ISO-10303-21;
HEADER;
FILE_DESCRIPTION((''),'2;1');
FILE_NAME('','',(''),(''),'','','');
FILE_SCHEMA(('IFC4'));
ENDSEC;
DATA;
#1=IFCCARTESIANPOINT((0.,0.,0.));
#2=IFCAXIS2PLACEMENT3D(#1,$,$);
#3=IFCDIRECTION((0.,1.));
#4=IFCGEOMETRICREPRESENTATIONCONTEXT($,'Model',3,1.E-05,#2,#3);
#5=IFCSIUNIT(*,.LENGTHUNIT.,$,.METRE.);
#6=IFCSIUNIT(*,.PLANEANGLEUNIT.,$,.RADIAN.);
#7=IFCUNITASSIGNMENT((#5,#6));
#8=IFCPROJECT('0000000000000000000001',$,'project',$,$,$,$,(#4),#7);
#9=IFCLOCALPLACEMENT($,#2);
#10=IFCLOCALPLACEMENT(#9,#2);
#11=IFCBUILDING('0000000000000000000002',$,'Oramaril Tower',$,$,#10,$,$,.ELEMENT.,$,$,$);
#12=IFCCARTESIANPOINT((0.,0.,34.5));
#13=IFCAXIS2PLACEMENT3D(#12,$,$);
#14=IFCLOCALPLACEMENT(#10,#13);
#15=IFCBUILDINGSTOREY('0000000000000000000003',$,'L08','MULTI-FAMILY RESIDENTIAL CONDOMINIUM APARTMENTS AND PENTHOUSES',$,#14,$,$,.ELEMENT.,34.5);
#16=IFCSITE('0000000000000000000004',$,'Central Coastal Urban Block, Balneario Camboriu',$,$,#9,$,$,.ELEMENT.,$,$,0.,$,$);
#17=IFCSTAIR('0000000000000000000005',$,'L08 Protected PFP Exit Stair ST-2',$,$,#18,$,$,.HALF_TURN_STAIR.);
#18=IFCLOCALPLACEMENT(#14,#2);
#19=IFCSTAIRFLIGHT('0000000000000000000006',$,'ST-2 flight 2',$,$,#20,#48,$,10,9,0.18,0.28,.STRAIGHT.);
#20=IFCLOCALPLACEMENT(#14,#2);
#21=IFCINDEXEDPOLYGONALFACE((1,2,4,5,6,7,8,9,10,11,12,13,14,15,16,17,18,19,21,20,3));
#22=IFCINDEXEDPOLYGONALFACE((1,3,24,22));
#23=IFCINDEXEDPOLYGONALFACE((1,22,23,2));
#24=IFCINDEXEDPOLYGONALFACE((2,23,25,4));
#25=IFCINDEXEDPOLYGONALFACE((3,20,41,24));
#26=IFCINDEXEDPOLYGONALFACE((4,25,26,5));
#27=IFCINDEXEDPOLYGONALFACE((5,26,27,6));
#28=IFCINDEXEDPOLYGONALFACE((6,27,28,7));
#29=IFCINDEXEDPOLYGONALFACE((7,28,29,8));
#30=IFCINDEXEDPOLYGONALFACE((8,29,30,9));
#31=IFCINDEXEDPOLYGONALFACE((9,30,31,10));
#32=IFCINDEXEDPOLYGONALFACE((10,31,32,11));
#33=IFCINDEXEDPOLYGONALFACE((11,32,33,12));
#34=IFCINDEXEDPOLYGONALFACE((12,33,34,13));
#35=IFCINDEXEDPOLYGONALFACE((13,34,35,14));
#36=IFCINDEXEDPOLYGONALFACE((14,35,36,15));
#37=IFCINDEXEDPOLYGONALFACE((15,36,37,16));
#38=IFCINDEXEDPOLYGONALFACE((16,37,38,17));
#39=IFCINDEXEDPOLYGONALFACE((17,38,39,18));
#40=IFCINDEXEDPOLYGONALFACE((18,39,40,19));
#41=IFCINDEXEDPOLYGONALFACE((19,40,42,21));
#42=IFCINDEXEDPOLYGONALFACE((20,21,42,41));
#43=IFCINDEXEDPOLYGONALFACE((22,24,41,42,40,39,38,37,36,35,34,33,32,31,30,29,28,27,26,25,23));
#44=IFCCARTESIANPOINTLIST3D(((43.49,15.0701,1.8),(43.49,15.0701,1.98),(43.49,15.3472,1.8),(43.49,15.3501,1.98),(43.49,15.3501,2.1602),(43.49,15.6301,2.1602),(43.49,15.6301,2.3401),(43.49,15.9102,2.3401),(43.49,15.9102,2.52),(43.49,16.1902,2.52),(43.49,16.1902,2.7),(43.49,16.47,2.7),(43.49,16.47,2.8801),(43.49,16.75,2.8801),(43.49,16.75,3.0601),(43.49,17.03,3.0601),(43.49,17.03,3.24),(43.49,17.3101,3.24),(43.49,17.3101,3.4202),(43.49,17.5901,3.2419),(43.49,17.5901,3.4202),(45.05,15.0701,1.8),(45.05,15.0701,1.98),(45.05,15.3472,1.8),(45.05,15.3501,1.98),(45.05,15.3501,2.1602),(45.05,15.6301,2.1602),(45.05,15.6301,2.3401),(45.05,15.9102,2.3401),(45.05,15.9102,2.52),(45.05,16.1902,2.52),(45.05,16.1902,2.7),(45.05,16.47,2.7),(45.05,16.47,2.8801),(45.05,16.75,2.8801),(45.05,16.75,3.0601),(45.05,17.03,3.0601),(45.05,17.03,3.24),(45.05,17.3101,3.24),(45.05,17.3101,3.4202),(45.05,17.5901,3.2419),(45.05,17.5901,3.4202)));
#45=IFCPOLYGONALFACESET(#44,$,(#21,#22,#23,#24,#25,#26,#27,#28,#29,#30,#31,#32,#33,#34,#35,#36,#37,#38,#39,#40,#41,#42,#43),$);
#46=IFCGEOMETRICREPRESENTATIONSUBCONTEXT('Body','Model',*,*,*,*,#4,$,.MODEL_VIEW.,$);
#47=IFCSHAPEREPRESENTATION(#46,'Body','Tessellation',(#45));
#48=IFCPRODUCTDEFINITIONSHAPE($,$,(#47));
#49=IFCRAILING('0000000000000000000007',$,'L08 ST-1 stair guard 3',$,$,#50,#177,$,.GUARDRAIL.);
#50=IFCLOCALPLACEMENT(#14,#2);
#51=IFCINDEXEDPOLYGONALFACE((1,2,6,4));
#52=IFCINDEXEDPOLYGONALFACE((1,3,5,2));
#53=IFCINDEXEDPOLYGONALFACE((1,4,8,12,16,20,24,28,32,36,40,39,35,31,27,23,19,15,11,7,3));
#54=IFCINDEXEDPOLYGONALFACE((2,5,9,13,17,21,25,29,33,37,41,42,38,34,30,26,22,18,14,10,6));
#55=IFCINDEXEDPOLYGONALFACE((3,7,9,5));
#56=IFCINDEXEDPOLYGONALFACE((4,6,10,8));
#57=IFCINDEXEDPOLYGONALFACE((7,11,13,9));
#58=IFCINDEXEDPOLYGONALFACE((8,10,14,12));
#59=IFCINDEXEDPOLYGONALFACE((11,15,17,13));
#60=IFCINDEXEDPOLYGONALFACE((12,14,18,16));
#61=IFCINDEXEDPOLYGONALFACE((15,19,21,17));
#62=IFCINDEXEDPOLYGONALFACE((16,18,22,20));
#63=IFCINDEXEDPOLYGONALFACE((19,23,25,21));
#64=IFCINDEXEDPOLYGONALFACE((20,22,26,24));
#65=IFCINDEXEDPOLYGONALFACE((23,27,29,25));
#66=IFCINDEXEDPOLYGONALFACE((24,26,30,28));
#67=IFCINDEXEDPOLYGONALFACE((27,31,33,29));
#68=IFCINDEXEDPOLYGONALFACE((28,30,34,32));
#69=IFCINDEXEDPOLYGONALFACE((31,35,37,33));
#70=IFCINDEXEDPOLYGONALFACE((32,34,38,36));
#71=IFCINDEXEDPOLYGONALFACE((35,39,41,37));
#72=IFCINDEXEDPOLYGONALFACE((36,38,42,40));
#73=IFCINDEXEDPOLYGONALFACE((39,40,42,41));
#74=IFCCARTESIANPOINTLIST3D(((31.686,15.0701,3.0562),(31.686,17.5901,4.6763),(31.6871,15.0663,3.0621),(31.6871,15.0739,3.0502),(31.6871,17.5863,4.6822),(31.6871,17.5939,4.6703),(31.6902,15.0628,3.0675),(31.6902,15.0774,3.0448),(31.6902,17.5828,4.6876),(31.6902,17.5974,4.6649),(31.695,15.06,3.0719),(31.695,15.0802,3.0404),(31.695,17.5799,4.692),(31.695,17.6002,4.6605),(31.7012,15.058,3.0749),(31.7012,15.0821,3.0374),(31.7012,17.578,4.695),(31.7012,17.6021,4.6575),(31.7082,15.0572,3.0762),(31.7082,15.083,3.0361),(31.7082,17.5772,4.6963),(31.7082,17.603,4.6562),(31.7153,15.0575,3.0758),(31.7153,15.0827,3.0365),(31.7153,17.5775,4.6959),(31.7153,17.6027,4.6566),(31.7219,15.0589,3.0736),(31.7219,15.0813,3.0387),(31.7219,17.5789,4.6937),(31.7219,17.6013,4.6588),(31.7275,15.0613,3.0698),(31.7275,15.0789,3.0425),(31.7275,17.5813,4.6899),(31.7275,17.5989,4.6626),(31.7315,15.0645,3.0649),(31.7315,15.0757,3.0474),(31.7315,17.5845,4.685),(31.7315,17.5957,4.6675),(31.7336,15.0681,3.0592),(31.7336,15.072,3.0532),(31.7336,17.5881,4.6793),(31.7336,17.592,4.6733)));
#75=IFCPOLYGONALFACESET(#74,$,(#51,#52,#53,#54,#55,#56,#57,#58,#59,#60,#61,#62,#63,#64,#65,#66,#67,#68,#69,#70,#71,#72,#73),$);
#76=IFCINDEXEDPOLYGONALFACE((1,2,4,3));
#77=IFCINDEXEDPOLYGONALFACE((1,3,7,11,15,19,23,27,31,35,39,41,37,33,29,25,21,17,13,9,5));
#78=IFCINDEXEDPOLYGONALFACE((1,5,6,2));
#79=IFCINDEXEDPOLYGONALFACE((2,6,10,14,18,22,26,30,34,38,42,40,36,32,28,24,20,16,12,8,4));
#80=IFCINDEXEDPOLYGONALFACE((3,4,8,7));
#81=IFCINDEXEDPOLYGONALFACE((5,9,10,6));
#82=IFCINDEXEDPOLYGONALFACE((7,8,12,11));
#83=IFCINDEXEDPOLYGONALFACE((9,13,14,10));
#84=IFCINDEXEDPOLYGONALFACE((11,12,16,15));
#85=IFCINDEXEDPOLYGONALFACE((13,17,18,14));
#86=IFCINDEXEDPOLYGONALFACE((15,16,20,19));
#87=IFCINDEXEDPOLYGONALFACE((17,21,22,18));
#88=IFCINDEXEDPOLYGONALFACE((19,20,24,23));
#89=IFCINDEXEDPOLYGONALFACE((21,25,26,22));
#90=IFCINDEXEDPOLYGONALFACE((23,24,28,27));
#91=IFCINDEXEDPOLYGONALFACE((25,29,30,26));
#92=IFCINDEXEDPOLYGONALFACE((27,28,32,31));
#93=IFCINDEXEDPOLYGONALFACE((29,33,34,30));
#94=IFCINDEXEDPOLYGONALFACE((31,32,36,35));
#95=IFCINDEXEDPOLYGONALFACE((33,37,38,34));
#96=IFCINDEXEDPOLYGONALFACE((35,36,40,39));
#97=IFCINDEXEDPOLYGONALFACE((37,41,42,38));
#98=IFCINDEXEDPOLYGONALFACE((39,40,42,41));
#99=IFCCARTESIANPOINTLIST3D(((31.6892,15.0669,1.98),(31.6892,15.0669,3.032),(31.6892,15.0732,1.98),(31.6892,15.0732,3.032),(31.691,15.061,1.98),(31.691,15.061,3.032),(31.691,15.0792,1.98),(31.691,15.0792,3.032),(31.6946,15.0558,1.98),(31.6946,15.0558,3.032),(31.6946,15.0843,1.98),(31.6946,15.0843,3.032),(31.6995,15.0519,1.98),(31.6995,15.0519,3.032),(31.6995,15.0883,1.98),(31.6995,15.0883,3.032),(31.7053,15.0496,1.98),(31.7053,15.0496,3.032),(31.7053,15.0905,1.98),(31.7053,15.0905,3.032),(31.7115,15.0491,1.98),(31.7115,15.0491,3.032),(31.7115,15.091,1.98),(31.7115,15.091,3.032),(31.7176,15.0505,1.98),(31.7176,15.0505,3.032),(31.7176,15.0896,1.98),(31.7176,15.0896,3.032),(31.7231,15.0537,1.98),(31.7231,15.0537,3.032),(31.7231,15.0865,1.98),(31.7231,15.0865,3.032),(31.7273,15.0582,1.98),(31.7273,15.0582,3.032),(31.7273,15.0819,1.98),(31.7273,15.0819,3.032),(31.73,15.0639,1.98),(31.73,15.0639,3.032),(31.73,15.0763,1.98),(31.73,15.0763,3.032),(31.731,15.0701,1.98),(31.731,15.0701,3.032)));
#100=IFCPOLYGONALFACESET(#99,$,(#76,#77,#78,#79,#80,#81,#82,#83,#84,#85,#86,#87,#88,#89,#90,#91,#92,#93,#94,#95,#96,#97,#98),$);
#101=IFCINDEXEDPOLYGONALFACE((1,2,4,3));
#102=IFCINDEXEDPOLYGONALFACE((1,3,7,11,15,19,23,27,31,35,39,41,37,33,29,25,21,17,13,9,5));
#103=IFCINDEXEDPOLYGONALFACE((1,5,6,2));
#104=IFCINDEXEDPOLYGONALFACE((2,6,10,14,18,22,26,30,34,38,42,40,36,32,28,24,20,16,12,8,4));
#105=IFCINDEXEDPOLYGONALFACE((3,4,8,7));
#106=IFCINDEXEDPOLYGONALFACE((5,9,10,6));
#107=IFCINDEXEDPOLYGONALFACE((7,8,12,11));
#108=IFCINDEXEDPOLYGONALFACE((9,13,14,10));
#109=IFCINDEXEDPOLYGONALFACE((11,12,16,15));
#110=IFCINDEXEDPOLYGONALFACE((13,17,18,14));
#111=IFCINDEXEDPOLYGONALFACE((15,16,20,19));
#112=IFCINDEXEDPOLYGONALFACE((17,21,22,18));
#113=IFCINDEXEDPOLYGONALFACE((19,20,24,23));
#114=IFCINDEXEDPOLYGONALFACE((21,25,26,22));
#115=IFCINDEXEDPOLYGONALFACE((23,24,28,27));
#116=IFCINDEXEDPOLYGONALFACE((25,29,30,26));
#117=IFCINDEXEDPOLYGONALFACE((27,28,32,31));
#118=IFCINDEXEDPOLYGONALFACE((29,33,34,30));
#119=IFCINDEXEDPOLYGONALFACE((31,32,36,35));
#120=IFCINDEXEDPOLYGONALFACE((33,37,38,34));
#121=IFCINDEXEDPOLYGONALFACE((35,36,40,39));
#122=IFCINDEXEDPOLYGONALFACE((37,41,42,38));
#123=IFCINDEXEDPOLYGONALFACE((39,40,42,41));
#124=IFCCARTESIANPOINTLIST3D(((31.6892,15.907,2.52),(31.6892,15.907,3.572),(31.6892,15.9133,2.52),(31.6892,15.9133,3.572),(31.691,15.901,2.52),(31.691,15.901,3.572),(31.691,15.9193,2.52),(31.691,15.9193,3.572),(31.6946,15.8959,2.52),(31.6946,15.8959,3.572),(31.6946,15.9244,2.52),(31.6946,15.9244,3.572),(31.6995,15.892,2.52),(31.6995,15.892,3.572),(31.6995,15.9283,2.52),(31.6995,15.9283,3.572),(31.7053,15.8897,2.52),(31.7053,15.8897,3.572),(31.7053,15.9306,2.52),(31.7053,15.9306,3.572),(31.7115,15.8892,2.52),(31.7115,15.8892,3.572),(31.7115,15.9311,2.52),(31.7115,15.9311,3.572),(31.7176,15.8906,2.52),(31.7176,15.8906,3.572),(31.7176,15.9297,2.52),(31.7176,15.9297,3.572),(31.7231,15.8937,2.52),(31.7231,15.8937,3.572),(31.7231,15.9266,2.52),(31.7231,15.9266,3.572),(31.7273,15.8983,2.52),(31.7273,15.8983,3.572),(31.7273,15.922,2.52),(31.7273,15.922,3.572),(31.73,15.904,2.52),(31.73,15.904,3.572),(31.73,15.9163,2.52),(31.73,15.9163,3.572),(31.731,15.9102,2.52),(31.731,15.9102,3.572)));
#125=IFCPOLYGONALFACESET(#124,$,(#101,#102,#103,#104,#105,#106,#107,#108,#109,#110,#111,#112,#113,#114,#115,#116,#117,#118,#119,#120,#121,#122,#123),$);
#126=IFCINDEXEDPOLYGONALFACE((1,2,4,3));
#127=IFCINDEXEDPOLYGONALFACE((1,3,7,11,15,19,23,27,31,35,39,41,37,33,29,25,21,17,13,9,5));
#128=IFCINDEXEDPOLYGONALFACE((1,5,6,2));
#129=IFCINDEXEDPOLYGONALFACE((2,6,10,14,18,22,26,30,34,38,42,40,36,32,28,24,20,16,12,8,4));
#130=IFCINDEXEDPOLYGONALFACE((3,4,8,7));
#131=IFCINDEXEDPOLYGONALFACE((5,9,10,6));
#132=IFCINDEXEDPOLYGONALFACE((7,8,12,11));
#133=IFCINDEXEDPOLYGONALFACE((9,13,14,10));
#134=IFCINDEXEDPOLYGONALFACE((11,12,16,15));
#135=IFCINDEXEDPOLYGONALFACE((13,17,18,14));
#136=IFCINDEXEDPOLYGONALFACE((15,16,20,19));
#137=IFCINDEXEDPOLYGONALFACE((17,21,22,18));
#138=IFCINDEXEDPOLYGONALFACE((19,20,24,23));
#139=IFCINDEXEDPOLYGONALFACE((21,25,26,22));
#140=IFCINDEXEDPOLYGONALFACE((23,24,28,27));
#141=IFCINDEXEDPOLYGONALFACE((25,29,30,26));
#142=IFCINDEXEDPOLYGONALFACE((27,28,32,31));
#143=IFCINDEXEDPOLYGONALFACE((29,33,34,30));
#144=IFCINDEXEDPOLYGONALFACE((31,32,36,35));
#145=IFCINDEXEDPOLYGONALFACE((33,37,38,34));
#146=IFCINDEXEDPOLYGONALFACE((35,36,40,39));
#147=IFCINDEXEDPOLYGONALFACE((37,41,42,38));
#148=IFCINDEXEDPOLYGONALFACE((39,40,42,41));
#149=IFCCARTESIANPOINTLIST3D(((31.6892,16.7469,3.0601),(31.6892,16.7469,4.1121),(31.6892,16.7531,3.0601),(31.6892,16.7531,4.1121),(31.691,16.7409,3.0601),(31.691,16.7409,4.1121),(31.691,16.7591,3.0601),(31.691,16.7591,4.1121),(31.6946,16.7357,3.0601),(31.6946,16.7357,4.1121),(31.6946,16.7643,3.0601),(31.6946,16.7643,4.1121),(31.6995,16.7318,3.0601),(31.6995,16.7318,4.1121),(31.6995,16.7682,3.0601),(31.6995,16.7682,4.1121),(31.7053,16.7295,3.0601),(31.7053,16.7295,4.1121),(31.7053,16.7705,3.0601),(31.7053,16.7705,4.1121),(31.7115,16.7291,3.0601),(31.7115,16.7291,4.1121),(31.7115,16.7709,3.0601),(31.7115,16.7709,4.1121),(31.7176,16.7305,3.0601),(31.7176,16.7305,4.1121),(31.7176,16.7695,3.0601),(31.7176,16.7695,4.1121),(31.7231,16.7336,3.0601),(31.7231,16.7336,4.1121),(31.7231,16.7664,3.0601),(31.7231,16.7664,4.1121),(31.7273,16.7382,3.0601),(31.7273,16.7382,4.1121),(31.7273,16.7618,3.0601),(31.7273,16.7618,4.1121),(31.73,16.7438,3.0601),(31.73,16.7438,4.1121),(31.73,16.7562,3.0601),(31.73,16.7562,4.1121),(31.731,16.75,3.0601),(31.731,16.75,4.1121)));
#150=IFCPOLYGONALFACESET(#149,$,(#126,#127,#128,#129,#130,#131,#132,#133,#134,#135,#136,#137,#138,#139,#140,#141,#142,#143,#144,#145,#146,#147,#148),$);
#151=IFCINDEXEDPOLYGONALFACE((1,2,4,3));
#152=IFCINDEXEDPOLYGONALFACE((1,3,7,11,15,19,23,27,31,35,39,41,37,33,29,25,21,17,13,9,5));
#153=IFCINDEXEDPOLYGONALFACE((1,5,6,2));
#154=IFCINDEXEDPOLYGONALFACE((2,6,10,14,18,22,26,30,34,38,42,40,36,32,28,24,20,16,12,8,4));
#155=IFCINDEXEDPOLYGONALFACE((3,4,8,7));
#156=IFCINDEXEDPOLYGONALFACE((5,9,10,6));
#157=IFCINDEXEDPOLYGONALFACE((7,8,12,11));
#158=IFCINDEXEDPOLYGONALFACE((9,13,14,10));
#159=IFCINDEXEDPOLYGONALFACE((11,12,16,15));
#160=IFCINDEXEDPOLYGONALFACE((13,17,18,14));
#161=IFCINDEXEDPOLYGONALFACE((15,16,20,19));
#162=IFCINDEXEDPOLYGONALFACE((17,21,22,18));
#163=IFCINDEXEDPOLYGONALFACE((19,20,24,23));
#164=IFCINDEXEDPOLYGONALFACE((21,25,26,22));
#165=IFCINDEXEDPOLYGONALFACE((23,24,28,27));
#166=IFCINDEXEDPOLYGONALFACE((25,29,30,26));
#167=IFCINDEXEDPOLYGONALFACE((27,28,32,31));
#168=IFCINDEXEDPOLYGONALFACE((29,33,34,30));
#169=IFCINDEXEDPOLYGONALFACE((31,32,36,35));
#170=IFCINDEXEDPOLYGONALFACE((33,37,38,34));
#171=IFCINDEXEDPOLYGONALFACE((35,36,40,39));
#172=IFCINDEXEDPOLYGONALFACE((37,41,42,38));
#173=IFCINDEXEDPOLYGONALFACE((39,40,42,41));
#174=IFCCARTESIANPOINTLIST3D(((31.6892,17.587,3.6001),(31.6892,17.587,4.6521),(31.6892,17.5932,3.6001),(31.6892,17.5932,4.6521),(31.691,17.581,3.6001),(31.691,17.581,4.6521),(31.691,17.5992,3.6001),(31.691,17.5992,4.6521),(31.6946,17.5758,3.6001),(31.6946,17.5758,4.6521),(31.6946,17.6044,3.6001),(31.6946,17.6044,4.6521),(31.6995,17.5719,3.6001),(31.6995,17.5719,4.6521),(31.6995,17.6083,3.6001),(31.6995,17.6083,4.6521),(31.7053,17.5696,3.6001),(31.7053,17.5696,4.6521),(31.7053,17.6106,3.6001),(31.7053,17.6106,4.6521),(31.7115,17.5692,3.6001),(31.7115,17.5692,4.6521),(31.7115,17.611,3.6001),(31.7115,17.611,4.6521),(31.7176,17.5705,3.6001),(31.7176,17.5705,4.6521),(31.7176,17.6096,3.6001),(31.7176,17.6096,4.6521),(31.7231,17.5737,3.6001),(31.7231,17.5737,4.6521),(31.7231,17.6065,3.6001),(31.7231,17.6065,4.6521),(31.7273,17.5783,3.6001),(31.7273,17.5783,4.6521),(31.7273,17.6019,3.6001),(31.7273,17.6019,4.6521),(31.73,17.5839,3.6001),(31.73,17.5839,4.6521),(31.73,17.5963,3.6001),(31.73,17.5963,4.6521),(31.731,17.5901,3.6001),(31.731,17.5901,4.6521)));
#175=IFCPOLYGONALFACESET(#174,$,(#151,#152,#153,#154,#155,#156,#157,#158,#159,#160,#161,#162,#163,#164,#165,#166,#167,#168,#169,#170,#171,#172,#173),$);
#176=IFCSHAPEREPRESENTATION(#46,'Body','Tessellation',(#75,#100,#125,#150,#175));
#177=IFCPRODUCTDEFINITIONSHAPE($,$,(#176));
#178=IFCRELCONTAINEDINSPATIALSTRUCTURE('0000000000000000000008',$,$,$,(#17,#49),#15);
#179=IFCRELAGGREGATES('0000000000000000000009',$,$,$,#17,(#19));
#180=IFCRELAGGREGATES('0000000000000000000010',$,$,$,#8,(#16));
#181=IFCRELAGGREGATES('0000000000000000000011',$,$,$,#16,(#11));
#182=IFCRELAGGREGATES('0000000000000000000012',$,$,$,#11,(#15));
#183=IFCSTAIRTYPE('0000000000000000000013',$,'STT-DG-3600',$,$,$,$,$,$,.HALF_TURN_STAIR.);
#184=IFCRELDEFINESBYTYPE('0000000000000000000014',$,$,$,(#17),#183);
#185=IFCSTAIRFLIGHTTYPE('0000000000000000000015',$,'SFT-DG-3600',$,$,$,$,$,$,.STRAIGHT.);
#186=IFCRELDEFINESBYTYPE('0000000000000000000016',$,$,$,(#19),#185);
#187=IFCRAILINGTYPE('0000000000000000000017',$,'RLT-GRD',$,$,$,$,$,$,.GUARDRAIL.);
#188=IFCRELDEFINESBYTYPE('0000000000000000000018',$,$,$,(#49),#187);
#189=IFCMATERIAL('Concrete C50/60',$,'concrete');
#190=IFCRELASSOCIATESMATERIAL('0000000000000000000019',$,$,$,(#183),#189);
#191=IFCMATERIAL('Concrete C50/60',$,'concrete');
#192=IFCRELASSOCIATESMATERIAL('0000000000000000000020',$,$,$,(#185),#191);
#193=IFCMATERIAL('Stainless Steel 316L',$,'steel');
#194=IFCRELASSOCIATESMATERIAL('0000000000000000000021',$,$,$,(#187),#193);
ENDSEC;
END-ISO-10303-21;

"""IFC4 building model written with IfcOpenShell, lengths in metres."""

from ifc_helpers import new_model, si_unit, direction, frame, origin, origin_2d, place, context, subcontext, project, spatial, polyline, circle, outline, extrude, material, type_object, element, aggregate, save


model = new_model("IFC4")

# Units and contexts
model_context = context("Model", 3, precision=1e-05, world=origin(), true_north=direction((0.0, 1.0)))
body_context = subcontext(model_context, "Body", "Model", "MODEL_VIEW")
ifc_project = project(units=[si_unit("LENGTHUNIT", "METRE"), si_unit("PLANEANGLEUNIT", "RADIAN")], contexts=[model_context])

# Site, building, storey
site_placement = place(None, origin())
site = spatial("IfcSite", under=ifc_project, at=site_placement, Name="Central Coastal Urban Block, Balneario Camboriu", CompositionType="ELEMENT", RefElevation=0.0)
building_placement = place(site_placement, origin())
building = spatial("IfcBuilding", under=site, at=building_placement, Name="Oramaril Tower", CompositionType="ELEMENT")
storey_placement = place(building_placement, frame((0.0, 0.0, 34.5)))
storey = spatial("IfcBuildingStorey", under=building, at=storey_placement, Name="L08", Description="MULTI-FAMILY RESIDENTIAL CONDOMINIUM APARTMENTS AND PENTHOUSES", CompositionType="ELEMENT", Elevation=34.5)

# Shared definitions
ifc_material_1 = material(Name="Concrete C50/60", Category="concrete")
stair_type = type_object("IfcStairType", Name="STT-DG-3600", PredefinedType="HALF_TURN_STAIR", material=ifc_material_1)
ifc_material_2 = material(Name="Concrete C50/60", Category="concrete")
stair_flight_type = type_object("IfcStairFlightType", Name="SFT-DG-3600", PredefinedType="STRAIGHT", material=ifc_material_2)

# Stair, stair flight
stair_1_placement = place(storey_placement, origin())
stair_1 = element("IfcStair", 1, at=stair_1_placement, inside=storey, type_object=stair_type, Name="L08 Protected PFP Exit Stair ST-2", PredefinedType="HALF_TURN_STAIR")
stair_flight_1_placement = place(storey_placement, frame((44.27, 15.0701, 1.8), z_axis=(0.0, 0.0, 1.0), x_axis=(0.0, 1.0, 0.0)))
stair_flight_1 = element("IfcStairFlight", 2, at=stair_flight_1_placement, type_object=stair_flight_type, Name="ST-2 flight 2", NumberOfRisers=10, NumberOfTreads=9, PredefinedType="STRAIGHT", RiserHeight=0.18, TreadLength=0.28, context=body_context, shape_type="SweptSolid", body=[
    extrude(outline(polyline([(0.0, 0.0), (0.0, 0.1799), (0.28, 0.1799), (0.28, 0.3601), (0.5601, 0.3601), (0.5601, 0.54), (0.8401, 0.54), (0.8401, 0.72), (1.1201, 0.72), (1.1201, 0.8999), (1.3999, 0.8999), (1.3999, 1.0801), (1.6799, 1.0801), (1.6799, 1.26), (1.96, 1.26), (1.96, 1.4399), (2.24, 1.4399), (2.24, 1.6201), (2.52, 1.6201), (2.52, 1.8), (2.52, 1.4419), (0.2771, 0.0), (0.0, 0.0)])), frame((0.0, 0.78, 0.0), z_axis=(0.0, -1.0, 0.0), x_axis=(1.0, 0.0, 0.0)), (0.0, 0.0, 1.0), 1.5601),
])
aggregate(stair_1, [stair_flight_1])

# Railing
ifc_material_3 = material(Name="Stainless Steel 316L", Category="steel")
railing_type_1 = type_object("IfcRailingType", Name="RLT-GRD", PredefinedType="GUARDRAIL", material=ifc_material_3)
railing_1_placement = place(storey_placement, frame((31.71, 15.0701, 1.98)))
element("IfcRailing", 3, at=railing_1_placement, inside=storey, type_object=railing_type_1, Name="L08 ST-1 stair guard 3", PredefinedType="GUARDRAIL", context=body_context, shape_type="SweptSolid", body=[
    extrude(circle(Radius=0.0239, at=origin_2d()), frame((0.0, 0.0, 1.0762), z_axis=(0.0, 0.841163, 0.540782), x_axis=(-1.0, 0.0, 0.0)), (0.0, 0.0, 1.0), 2.9958),
    extrude(circle(Radius=0.021, at=origin_2d()), origin(), (0.0, 0.0, 1.0), 1.052),
    extrude(circle(Radius=0.021, at=origin_2d()), frame((0.0, 0.8401, 0.54)), (0.0, 0.0, 1.0), 1.052),
    extrude(circle(Radius=0.021, at=origin_2d()), frame((0.0, 1.6799, 1.0801)), (0.0, 0.0, 1.0), 1.052),
    extrude(circle(Radius=0.021, at=origin_2d()), frame((0.0, 2.52, 1.6201)), (0.0, 0.0, 1.0), 1.052),
])

save(model, "model.ifc")
